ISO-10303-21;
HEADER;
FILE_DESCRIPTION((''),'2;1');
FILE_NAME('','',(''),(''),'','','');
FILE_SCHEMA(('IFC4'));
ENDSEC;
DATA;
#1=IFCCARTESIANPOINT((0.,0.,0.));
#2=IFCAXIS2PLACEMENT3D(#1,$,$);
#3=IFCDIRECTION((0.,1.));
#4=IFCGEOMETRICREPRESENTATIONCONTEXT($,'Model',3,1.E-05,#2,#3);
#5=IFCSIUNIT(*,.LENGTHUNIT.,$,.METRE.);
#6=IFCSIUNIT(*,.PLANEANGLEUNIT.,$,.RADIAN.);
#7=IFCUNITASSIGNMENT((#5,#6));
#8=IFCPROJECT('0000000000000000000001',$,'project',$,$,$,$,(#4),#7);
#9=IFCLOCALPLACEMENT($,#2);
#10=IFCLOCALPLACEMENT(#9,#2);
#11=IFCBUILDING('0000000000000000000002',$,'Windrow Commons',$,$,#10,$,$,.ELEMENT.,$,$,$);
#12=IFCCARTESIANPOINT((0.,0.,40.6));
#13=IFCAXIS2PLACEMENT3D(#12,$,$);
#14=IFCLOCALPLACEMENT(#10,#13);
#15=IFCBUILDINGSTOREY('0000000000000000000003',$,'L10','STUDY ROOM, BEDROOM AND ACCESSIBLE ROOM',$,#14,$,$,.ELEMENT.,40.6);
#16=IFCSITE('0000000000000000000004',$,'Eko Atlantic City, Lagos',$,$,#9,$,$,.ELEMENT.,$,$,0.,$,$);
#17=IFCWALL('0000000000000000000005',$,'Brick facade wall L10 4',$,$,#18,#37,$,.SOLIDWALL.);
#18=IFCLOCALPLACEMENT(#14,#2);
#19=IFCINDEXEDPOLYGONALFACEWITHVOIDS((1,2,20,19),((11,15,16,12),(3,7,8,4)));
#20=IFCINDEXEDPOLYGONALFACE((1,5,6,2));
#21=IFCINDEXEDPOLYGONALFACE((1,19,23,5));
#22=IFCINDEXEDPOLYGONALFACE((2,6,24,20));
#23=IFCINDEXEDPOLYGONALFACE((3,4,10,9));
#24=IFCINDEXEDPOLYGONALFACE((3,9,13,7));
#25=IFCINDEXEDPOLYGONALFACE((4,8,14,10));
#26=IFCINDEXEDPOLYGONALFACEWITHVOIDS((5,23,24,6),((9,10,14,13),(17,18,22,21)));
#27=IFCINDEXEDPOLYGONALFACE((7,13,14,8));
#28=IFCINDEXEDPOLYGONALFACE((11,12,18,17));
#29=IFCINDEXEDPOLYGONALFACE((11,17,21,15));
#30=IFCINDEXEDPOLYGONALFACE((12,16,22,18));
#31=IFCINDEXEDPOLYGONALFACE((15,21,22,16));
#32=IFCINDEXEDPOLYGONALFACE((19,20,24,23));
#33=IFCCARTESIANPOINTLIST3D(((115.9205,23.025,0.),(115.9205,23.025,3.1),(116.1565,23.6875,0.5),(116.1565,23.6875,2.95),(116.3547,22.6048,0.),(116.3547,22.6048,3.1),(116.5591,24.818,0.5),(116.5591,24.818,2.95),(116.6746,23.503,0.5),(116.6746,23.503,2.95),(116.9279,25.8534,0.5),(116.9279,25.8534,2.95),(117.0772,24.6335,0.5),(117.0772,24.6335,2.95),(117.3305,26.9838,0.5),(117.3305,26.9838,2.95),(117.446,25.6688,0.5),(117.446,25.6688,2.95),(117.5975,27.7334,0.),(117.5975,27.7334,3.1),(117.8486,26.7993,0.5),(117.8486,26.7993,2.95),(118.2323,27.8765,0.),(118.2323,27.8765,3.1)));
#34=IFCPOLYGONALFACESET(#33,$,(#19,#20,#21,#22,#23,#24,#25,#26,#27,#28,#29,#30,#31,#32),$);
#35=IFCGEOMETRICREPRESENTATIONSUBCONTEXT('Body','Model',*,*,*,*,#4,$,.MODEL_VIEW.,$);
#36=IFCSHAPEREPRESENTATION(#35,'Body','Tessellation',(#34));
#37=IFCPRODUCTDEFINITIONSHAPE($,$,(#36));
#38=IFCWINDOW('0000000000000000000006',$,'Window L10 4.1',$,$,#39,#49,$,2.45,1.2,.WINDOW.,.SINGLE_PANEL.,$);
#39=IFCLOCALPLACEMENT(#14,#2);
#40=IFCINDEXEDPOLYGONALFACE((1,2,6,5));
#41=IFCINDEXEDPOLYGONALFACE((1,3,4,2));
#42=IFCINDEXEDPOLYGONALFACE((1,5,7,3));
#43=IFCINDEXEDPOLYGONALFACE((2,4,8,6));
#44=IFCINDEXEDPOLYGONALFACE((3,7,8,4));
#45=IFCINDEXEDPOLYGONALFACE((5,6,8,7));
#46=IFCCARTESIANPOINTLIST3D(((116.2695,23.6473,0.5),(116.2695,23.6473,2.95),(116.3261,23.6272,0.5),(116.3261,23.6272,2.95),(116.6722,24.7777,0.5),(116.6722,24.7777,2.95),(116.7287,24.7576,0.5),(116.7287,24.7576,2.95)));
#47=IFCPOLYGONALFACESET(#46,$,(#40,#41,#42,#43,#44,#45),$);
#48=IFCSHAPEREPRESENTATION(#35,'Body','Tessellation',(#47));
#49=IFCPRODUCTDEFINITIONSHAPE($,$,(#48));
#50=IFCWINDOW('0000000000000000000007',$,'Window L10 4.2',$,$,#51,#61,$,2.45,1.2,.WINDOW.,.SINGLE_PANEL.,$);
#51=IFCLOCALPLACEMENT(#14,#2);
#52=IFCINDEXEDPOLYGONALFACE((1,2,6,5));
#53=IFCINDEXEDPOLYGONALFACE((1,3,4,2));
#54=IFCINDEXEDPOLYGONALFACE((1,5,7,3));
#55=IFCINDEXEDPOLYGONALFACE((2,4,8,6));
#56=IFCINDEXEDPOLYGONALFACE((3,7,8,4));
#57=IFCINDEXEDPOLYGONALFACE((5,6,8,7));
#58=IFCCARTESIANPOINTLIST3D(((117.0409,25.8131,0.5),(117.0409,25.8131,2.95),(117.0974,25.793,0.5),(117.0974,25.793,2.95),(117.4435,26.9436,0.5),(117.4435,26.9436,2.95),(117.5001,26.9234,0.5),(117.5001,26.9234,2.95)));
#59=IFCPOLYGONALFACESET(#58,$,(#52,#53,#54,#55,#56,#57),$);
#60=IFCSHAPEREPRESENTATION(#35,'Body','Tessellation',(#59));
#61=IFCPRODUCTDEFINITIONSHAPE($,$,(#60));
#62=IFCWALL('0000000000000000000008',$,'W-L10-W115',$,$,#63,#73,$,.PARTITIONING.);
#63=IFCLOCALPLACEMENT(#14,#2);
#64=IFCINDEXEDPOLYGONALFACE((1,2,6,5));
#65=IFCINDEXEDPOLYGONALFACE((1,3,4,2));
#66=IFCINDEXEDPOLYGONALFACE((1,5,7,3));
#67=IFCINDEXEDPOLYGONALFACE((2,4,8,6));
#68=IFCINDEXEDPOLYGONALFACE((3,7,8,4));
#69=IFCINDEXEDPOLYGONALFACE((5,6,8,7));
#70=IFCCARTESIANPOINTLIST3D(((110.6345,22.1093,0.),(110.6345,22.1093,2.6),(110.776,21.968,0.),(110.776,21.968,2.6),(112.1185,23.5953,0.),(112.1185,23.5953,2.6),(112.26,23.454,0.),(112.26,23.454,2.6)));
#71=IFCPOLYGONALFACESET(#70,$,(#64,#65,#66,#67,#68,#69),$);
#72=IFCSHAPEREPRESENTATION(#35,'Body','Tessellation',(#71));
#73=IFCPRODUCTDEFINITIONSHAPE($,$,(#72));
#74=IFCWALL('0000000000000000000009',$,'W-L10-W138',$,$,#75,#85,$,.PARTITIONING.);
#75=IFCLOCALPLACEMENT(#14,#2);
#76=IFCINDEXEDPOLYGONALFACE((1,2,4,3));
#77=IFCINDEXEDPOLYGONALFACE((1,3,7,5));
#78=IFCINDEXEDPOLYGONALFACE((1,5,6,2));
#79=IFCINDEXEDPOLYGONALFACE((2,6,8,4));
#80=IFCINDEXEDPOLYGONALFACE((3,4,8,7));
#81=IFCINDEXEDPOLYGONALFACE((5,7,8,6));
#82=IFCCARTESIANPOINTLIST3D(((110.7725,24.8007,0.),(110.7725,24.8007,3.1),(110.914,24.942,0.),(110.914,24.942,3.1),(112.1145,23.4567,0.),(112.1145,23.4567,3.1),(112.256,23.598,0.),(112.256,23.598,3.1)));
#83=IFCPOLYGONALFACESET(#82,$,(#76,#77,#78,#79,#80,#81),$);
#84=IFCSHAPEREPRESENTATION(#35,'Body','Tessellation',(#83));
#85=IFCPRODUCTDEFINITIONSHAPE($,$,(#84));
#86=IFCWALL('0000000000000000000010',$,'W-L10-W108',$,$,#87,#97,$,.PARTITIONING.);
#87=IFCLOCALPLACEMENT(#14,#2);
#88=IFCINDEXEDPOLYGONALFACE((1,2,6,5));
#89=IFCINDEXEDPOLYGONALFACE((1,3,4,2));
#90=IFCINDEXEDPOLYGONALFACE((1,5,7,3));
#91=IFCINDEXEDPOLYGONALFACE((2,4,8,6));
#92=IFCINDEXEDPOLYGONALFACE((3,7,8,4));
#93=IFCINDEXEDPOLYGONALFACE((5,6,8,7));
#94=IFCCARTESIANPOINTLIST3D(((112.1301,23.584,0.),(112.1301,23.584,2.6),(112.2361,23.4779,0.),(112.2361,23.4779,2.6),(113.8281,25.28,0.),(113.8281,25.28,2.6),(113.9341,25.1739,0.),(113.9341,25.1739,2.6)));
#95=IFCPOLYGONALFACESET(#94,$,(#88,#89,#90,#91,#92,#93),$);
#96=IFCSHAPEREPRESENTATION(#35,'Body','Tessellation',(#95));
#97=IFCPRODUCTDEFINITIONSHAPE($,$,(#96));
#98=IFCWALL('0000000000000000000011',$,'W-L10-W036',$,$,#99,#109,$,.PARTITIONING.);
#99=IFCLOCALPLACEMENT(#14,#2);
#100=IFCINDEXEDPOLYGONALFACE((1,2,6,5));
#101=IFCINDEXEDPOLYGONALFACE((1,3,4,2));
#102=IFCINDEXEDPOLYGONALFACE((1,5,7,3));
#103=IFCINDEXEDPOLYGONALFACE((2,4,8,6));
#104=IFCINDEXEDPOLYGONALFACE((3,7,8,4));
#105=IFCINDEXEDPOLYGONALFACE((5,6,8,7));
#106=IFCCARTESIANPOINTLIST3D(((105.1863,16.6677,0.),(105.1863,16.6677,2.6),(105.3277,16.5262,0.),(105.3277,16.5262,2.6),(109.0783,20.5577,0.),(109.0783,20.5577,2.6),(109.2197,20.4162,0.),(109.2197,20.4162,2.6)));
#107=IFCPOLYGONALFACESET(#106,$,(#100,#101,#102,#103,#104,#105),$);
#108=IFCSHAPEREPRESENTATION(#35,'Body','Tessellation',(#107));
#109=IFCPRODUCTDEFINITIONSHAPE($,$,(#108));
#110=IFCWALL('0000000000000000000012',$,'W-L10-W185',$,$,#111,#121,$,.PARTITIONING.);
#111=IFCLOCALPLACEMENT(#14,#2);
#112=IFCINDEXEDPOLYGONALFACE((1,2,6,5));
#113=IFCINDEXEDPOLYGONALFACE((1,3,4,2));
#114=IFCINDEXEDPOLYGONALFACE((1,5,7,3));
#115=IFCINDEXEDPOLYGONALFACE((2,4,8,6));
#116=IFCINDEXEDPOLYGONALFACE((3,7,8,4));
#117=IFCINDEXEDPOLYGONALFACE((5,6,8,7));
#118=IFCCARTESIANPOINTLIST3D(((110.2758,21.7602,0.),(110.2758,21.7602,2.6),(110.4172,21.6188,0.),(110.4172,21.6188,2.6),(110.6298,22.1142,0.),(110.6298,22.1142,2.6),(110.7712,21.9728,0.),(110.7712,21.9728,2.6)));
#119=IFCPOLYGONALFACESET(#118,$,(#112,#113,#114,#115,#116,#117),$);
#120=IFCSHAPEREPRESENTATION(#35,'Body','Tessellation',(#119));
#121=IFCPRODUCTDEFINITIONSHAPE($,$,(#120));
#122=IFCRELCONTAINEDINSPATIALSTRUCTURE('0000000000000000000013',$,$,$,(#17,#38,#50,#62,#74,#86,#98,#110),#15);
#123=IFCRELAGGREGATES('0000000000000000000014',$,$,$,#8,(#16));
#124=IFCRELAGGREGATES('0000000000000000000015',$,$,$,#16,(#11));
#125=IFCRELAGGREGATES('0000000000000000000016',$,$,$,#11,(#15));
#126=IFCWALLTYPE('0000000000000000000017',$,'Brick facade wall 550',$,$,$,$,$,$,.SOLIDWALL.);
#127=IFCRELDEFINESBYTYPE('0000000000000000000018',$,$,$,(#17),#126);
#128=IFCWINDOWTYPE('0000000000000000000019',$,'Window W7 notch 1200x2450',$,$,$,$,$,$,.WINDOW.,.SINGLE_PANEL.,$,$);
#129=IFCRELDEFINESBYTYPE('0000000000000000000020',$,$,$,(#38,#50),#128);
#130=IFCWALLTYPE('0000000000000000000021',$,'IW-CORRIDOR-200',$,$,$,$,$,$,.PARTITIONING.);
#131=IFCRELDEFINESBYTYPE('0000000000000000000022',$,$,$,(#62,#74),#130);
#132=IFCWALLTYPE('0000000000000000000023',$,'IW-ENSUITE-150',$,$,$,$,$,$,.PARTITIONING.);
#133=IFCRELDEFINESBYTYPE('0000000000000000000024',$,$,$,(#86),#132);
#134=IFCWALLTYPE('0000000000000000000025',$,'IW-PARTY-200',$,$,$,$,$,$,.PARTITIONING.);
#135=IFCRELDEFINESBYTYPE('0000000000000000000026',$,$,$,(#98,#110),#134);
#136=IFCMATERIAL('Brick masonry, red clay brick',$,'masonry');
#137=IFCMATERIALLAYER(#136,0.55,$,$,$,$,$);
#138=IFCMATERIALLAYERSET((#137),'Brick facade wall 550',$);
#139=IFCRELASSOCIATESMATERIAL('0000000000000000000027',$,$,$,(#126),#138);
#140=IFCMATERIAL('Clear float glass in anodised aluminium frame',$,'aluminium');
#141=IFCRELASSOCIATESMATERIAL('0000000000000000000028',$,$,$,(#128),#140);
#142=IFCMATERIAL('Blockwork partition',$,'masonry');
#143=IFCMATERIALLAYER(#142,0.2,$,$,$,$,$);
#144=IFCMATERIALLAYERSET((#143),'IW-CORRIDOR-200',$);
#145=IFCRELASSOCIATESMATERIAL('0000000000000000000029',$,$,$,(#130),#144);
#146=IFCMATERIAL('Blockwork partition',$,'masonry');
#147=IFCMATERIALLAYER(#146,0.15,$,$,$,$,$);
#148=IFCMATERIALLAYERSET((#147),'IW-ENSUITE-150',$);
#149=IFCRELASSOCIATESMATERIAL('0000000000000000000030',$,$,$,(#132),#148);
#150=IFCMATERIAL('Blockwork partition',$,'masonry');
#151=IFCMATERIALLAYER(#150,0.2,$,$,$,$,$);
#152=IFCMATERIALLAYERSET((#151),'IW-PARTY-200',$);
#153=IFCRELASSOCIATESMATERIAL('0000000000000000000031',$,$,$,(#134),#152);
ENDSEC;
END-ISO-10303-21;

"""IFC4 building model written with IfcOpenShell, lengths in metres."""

from ifc_helpers import new_model, si_unit, direction, frame, frame_2d, origin, place, context, subcontext, project, spatial, polyline, rectangle, outline, extrude, material, layer, layer_set, type_object, element, fill, save


model = new_model("IFC4")

# Units and contexts
model_context = context("Model", 3, precision=1e-05, world=origin(), true_north=direction((0.0, 1.0)))
body_context = subcontext(model_context, "Body", "Model", "MODEL_VIEW")
ifc_project = project(units=[si_unit("LENGTHUNIT", "METRE"), si_unit("PLANEANGLEUNIT", "RADIAN")], contexts=[model_context])

# Site, building, storey
site_placement = place(None, origin())
site = spatial("IfcSite", under=ifc_project, at=site_placement, Name="Eko Atlantic City, Lagos", CompositionType="ELEMENT", RefElevation=0.0)
building_placement = place(site_placement, origin())
building = spatial("IfcBuilding", under=site, at=building_placement, Name="Windrow Commons", CompositionType="ELEMENT")
storey_placement = place(building_placement, frame((0.0, 0.0, 40.6)))
storey = spatial("IfcBuildingStorey", under=building, at=storey_placement, Name="L10", Description="STUDY ROOM, BEDROOM AND ACCESSIBLE ROOM", CompositionType="ELEMENT", Elevation=40.6)

# Shared definitions
ifc_material_1 = material(Name="Brick masonry, red clay brick", Category="masonry")
ifc_layer_1 = layer(ifc_material_1, 0.55)
ifc_layer_set_1 = layer_set([ifc_layer_1], Name="Brick facade wall 550")
wall_type_1 = type_object("IfcWallType", Name="Brick facade wall 550", PredefinedType="SOLIDWALL", material=ifc_layer_set_1)

# Shared definitions
ifc_material_2 = material(Name="Clear float glass in anodised aluminium frame", Category="aluminium")
window_type_1 = type_object("IfcWindowType", Name="Window W7 notch 1200x2450", PartitioningType="SINGLE_PANEL", PredefinedType="WINDOW", material=ifc_material_2)

# Wall, openings, windows
wall_1_placement = place(storey_placement, frame((116.1376, 22.8149, 0.0), z_axis=(0.0, 0.0, 1.0), x_axis=(0.335519, 0.942033, 0.0)))
wall_1 = element("IfcWall", 1, at=wall_1_placement, inside=storey, type_object=wall_type_1, Name="Brick facade wall L10 4", PredefinedType="SOLIDWALL", context=body_context, shape_type="SweptSolid", body=[
    extrude(outline(polyline([(-0.1251, -0.275), (5.471, -0.275), (5.1232, 0.275), (0.1251, 0.275), (-0.1251, -0.275)])), origin(), (0.0, 0.0, 1.0), 3.1),
])
opening_1_placement = place(wall_1_placement, frame((0.8284, 0.0, 0.5)))
opening_1 = element("IfcOpeningElement", 2, at=opening_1_placement, cuts=wall_1, PredefinedType="OPENING", context=body_context, shape_type="SweptSolid", body=[
    extrude(rectangle(XDim=1.2, YDim=2.45, at=frame_2d((0.6, 1.225))), frame((0.0, 0.285, 0.0), z_axis=(0.0, -1.0, 0.0), x_axis=(1.0, 0.0, 0.0)), (0.0, 0.0, 1.0), 0.57),
])
opening_2_placement = place(wall_1_placement, frame((3.1275, 0.0, 0.5)))
opening_2 = element("IfcOpeningElement", 3, at=opening_2_placement, cuts=wall_1, PredefinedType="OPENING", context=body_context, shape_type="SweptSolid", body=[
    extrude(rectangle(XDim=1.2, YDim=2.45, at=frame_2d((0.6, 1.225))), frame((0.0, 0.285, 0.0), z_axis=(0.0, -1.0, 0.0), x_axis=(1.0, 0.0, 0.0)), (0.0, 0.0, 1.0), 0.57),
])
window_1_placement = place(opening_1_placement, origin())
window_1 = element("IfcWindow", 4, at=window_1_placement, inside=storey, type_object=window_type_1, Name="Window L10 4.1", OverallHeight=2.45, OverallWidth=1.2, PartitioningType="SINGLE_PANEL", PredefinedType="WINDOW", context=body_context, shape_type="SweptSolid", body=[
    extrude(rectangle(XDim=1.2, YDim=2.45, at=frame_2d((0.6, 1.225))), frame((0.0, 0.155, 0.0), z_axis=(0.0, -1.0, 0.0), x_axis=(1.0, 0.0, 0.0)), (0.0, 0.0, 1.0), 0.06),
])
fill(opening_1, window_1)
window_2_placement = place(opening_2_placement, origin())
window_2 = element("IfcWindow", 5, at=window_2_placement, inside=storey, type_object=window_type_1, Name="Window L10 4.2", OverallHeight=2.45, OverallWidth=1.2, PartitioningType="SINGLE_PANEL", PredefinedType="WINDOW", context=body_context, shape_type="SweptSolid", body=[
    extrude(rectangle(XDim=1.2, YDim=2.45, at=frame_2d((0.6, 1.225))), frame((0.0, 0.155, 0.0), z_axis=(0.0, -1.0, 0.0), x_axis=(1.0, 0.0, 0.0)), (0.0, 0.0, 1.0), 0.06),
])
fill(opening_2, window_2)

# Walls
ifc_material_3 = material(Name="Blockwork partition", Category="masonry")
ifc_layer_2 = layer(ifc_material_3, 0.2)
ifc_layer_set_2 = layer_set([ifc_layer_2], Name="IW-CORRIDOR-200")
wall_type_2 = type_object("IfcWallType", Name="IW-CORRIDOR-200", PredefinedType="PARTITIONING", material=ifc_layer_set_2)
wall_2_placement = place(storey_placement, frame((110.7053, 22.0387, 0.0), z_axis=(0.0, 0.0, 1.0), x_axis=(0.70663, 0.707583, 0.0)))
element("IfcWall", 6, at=wall_2_placement, inside=storey, type_object=wall_type_2, Name="W-L10-W115", PredefinedType="PARTITIONING", context=body_context, shape_type="SweptSolid", body=[
    extrude(rectangle(XDim=2.1001, YDim=0.2, at=frame_2d((1.05, 0.0))), origin(), (0.0, 0.0, 1.0), 2.6),
])
wall_3_placement = place(storey_placement, frame((110.8433, 24.8713, 0.0), z_axis=(0.0, 0.0, 1.0), x_axis=(0.70658, -0.707633, 0.0)))
element("IfcWall", 7, at=wall_3_placement, inside=storey, type_object=wall_type_2, Name="W-L10-W138", PredefinedType="PARTITIONING", context=body_context, shape_type="SweptSolid", body=[
    extrude(rectangle(XDim=1.8993, YDim=0.2, at=frame_2d((0.9496, 0.0))), origin(), (0.0, 0.0, 1.0), 3.1),
])
ifc_material_4 = material(Name="Blockwork partition", Category="masonry")
ifc_layer_3 = layer(ifc_material_4, 0.15)
ifc_layer_set_3 = layer_set([ifc_layer_3], Name="IW-ENSUITE-150")
wall_type_3 = type_object("IfcWallType", Name="IW-ENSUITE-150", PredefinedType="PARTITIONING", material=ifc_layer_set_3)
wall_4_placement = place(storey_placement, frame((112.1831, 23.5309, 0.0), z_axis=(0.0, 0.0, 1.0), x_axis=(0.707523, 0.70669, 0.0)))
element("IfcWall", 8, at=wall_4_placement, inside=storey, type_object=wall_type_3, Name="W-L10-W108", PredefinedType="PARTITIONING", context=body_context, shape_type="SweptSolid", body=[
    extrude(rectangle(XDim=2.3999, YDim=0.15, at=frame_2d((1.2, 0.0))), origin(), (0.0, 0.0, 1.0), 2.6),
])
ifc_material_5 = material(Name="Blockwork partition", Category="masonry")
ifc_layer_4 = layer(ifc_material_5, 0.2)
ifc_layer_set_4 = layer_set([ifc_layer_4], Name="IW-PARTY-200")
wall_type_4 = type_object("IfcWallType", Name="IW-PARTY-200", PredefinedType="PARTITIONING", material=ifc_layer_set_4)
wall_5_placement = place(storey_placement, frame((105.257, 16.597, 0.0), z_axis=(0.0, 0.0, 1.0), x_axis=(0.707288, 0.706925, 0.0)))
element("IfcWall", 9, at=wall_5_placement, inside=storey, type_object=wall_type_4, Name="W-L10-W036", PredefinedType="PARTITIONING", context=body_context, shape_type="SweptSolid", body=[
    extrude(rectangle(XDim=5.5027, YDim=0.2, at=frame_2d((2.7513, 0.0))), origin(), (0.0, 0.0, 1.0), 2.6),
])
wall_6_placement = place(storey_placement, frame((110.3465, 21.6895, 0.0), z_axis=(0.0, 0.0, 1.0), x_axis=(0.707107, 0.707107, 0.0)))
element("IfcWall", 10, at=wall_6_placement, inside=storey, type_object=wall_type_4, Name="W-L10-W185", PredefinedType="PARTITIONING", context=body_context, shape_type="SweptSolid", body=[
    extrude(rectangle(XDim=0.5006, YDim=0.2, at=frame_2d((0.2503, 0.0))), origin(), (0.0, 0.0, 1.0), 2.6),
])

save(model, "model.ifc")
